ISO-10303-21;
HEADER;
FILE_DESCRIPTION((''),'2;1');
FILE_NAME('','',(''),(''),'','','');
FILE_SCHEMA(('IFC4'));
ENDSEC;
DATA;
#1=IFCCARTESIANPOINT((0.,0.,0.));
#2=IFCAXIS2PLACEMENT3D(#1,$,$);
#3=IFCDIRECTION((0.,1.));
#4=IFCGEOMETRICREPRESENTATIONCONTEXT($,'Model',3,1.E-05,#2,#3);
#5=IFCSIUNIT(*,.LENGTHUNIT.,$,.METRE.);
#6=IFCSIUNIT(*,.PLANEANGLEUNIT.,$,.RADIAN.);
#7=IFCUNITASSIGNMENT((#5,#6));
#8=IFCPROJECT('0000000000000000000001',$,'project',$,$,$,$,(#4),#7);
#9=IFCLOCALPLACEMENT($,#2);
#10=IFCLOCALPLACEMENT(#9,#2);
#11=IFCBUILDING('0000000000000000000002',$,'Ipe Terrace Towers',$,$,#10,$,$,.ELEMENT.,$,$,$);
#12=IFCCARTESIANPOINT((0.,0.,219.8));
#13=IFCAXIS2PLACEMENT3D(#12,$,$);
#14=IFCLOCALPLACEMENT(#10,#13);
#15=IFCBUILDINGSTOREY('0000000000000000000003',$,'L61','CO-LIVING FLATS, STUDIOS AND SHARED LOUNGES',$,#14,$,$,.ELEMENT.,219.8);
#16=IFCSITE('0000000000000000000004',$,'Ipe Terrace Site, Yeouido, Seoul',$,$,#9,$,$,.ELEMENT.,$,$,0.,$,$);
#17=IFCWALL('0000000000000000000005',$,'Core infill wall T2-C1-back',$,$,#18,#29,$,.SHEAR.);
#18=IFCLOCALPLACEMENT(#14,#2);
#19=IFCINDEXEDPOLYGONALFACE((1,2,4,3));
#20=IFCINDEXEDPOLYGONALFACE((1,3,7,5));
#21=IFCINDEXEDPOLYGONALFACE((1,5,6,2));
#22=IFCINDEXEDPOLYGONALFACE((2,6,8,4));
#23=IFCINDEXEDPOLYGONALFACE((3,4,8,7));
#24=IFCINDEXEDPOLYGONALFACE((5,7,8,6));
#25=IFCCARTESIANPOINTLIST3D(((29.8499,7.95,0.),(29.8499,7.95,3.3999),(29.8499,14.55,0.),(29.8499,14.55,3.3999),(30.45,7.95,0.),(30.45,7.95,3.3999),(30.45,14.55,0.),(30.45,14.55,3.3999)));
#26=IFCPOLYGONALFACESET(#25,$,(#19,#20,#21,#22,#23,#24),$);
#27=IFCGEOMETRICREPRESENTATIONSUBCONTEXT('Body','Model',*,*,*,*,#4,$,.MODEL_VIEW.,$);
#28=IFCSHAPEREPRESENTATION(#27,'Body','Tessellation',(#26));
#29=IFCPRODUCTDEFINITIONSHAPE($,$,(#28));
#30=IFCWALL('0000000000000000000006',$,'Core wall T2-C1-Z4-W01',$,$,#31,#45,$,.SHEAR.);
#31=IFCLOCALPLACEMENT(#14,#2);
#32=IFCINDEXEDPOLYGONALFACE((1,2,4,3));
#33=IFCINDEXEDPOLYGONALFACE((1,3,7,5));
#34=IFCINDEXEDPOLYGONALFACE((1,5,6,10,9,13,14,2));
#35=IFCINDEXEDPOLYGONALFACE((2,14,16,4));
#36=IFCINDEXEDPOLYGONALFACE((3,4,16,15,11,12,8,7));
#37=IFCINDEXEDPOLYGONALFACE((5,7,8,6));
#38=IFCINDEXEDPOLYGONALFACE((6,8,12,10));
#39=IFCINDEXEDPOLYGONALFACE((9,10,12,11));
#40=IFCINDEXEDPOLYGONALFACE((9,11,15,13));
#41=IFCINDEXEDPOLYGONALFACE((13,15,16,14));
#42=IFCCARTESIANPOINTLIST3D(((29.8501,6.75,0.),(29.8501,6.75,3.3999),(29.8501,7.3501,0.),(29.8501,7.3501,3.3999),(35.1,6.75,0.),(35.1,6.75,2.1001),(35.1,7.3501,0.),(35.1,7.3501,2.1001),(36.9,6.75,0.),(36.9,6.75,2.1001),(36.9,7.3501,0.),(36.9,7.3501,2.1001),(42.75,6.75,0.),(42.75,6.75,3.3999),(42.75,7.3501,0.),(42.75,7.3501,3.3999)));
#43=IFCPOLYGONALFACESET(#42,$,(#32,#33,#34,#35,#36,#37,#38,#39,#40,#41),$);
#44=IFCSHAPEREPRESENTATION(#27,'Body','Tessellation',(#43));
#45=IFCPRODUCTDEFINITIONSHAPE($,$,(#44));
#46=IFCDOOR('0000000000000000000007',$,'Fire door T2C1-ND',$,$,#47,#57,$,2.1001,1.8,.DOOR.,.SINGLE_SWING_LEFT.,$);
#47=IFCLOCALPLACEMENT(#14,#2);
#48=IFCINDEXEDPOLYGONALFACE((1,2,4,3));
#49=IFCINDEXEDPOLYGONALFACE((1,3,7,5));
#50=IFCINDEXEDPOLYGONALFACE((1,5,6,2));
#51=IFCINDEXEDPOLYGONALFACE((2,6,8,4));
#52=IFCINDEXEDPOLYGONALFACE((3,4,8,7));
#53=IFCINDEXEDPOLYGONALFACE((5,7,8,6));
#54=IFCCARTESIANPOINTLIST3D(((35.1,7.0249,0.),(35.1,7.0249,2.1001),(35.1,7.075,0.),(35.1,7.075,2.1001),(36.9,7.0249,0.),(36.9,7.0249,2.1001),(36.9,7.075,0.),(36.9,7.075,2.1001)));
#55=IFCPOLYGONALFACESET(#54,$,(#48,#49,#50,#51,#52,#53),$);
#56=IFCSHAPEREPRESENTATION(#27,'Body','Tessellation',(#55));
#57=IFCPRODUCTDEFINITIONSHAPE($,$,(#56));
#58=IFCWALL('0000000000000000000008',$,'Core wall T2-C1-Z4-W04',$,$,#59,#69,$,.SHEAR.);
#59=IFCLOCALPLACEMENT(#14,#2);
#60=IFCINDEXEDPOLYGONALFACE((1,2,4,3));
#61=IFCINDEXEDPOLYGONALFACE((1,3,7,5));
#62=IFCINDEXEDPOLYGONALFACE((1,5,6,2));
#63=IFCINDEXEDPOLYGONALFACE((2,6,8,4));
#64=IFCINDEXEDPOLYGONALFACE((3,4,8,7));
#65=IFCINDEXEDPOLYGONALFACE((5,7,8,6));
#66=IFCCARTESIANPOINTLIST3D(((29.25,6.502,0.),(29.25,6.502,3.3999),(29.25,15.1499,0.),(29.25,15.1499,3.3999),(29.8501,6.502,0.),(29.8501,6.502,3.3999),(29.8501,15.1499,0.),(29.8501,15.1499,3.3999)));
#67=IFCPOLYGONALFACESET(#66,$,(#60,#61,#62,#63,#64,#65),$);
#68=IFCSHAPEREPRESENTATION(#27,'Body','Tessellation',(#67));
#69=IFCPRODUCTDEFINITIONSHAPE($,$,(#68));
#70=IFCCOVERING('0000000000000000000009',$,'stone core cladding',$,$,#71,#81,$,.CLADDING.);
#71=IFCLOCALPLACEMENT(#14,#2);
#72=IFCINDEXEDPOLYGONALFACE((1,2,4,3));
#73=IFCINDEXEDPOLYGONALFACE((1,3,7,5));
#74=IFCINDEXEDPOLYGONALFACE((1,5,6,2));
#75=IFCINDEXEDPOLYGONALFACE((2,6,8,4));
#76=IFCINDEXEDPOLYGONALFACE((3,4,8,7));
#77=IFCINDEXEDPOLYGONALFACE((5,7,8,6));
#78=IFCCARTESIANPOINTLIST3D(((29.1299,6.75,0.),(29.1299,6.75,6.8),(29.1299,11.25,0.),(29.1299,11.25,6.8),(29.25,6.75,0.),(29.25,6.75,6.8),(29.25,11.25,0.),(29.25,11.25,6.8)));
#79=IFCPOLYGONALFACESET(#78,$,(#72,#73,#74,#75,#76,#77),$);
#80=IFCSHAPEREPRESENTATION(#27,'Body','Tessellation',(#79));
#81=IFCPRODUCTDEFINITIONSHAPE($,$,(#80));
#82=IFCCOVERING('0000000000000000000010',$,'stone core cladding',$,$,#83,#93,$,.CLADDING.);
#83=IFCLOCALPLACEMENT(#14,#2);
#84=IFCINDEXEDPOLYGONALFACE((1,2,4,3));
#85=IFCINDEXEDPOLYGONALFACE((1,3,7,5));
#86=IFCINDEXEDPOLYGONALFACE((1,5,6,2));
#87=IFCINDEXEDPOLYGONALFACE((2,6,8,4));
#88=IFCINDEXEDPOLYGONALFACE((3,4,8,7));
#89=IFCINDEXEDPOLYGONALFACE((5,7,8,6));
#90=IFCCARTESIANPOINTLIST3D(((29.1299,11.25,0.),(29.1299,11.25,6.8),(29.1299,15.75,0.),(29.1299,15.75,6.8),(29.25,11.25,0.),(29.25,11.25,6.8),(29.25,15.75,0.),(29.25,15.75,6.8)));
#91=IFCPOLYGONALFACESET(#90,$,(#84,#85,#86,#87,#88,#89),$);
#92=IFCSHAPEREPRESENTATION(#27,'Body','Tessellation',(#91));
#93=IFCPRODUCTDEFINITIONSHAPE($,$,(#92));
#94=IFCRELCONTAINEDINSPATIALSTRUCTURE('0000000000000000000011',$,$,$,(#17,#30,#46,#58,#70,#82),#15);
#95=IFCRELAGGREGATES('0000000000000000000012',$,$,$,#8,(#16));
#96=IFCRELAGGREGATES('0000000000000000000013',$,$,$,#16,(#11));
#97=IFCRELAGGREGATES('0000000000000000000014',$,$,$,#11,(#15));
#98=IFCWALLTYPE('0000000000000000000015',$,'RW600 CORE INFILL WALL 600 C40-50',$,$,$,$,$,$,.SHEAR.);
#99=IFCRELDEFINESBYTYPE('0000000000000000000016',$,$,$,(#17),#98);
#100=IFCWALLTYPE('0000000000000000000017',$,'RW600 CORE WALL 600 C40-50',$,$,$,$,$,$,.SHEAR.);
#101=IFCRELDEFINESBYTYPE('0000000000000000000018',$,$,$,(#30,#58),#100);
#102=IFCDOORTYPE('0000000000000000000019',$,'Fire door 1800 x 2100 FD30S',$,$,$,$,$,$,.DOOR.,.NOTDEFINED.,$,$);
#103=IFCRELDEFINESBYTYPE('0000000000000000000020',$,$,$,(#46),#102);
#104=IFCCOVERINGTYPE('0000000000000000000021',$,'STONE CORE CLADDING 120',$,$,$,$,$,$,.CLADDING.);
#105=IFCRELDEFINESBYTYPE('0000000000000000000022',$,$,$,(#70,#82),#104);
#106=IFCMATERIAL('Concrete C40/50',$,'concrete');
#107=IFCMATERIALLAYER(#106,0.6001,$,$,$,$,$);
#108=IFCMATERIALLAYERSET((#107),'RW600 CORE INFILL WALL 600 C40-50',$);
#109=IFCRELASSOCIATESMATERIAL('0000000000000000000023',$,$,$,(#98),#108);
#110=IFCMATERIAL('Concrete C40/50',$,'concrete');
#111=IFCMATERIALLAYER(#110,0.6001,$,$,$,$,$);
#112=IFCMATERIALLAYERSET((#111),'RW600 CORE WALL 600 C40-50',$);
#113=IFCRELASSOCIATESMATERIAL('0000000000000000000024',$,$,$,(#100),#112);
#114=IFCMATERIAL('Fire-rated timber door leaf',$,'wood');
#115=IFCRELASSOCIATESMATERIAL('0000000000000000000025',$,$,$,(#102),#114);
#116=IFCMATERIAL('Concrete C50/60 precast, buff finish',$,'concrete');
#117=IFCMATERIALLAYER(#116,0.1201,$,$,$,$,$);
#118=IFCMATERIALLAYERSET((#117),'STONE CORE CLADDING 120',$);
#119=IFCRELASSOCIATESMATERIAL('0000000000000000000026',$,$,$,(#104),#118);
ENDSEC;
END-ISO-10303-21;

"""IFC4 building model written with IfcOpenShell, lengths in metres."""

from ifc_helpers import new_model, si_unit, direction, frame, frame_2d, origin, origin_2d, place, context, subcontext, project, spatial, rectangle, extrude, material, layer, layer_set, type_object, element, fill, save


model = new_model("IFC4")

# Units and contexts
model_context = context("Model", 3, precision=1e-05, world=origin(), true_north=direction((0.0, 1.0)))
body_context = subcontext(model_context, "Body", "Model", "MODEL_VIEW")
ifc_project = project(units=[si_unit("LENGTHUNIT", "METRE"), si_unit("PLANEANGLEUNIT", "RADIAN")], contexts=[model_context])

# Site, building, storey
site_placement = place(None, origin())
site = spatial("IfcSite", under=ifc_project, at=site_placement, Name="Ipe Terrace Site, Yeouido, Seoul", CompositionType="ELEMENT", RefElevation=0.0)
building_placement = place(site_placement, origin())
building = spatial("IfcBuilding", under=site, at=building_placement, Name="Ipe Terrace Towers", CompositionType="ELEMENT")
storey_placement = place(building_placement, frame((0.0, 0.0, 219.8)))
storey = spatial("IfcBuildingStorey", under=building, at=storey_placement, Name="L61", Description="CO-LIVING FLATS, STUDIOS AND SHARED LOUNGES", CompositionType="ELEMENT", Elevation=219.8)

# Wall
ifc_material_1 = material(Name="Concrete C40/50", Category="concrete")
ifc_layer_1 = layer(ifc_material_1, 0.6001)
ifc_layer_set_1 = layer_set([ifc_layer_1], Name="RW600 CORE INFILL WALL 600 C40-50")
wall_type_1 = type_object("IfcWallType", Name="RW600 CORE INFILL WALL 600 C40-50", PredefinedType="SHEAR", material=ifc_layer_set_1)
wall_1_placement = place(storey_placement, frame((30.1499, 7.95, 0.0), z_axis=(0.0, 0.0, 1.0), x_axis=(0.0, 1.0, 0.0)))
element("IfcWall", 1, at=wall_1_placement, inside=storey, type_object=wall_type_1, Name="Core infill wall T2-C1-back", PredefinedType="SHEAR", context=body_context, shape_type="SweptSolid", body=[
    extrude(rectangle(XDim=6.6001, YDim=0.6001, at=frame_2d((3.3, 0.0))), origin(), (0.0, 0.0, 1.0), 3.3999),
])

# Wall, opening, door
ifc_material_2 = material(Name="Concrete C40/50", Category="concrete")
ifc_layer_2 = layer(ifc_material_2, 0.6001)
ifc_layer_set_2 = layer_set([ifc_layer_2], Name="RW600 CORE WALL 600 C40-50")
wall_type_2 = type_object("IfcWallType", Name="RW600 CORE WALL 600 C40-50", PredefinedType="SHEAR", material=ifc_layer_set_2)
wall_2_placement = place(storey_placement, frame((29.8501, 7.05, 0.0), z_axis=(0.0, 0.0, 1.0), x_axis=(1.0, 0.0, 0.0)))
wall_2 = element("IfcWall", 2, at=wall_2_placement, inside=storey, type_object=wall_type_2, Name="Core wall T2-C1-Z4-W01", PredefinedType="SHEAR", context=body_context, shape_type="SweptSolid", body=[
    extrude(rectangle(XDim=12.8999, YDim=0.6001, at=frame_2d((6.45, 0.0))), origin(), (0.0, 0.0, 1.0), 3.3999),
])
opening_1_placement = place(wall_2_placement, frame((5.25, 0.0, 0.0)))
opening_1 = element("IfcOpeningElement", 3, at=opening_1_placement, cuts=wall_2, PredefinedType="OPENING", context=body_context, shape_type="SweptSolid", body=[
    extrude(rectangle(XDim=1.8, YDim=2.1001, at=frame_2d((0.8999, 1.05))), frame((0.0, 0.3101, 0.0), z_axis=(0.0, -1.0, 0.0), x_axis=(1.0, 0.0, 0.0)), (0.0, 0.0, 1.0), 0.6201),
])
ifc_material_3 = material(Name="Fire-rated timber door leaf", Category="wood")
door_type_1 = type_object("IfcDoorType", Name="Fire door 1800 x 2100 FD30S", OperationType="NOTDEFINED", PredefinedType="DOOR", material=ifc_material_3)
door_1_placement = place(opening_1_placement, origin())
door_1 = element("IfcDoor", 4, at=door_1_placement, inside=storey, type_object=door_type_1, Name="Fire door T2C1-ND", OperationType="SINGLE_SWING_LEFT", OverallHeight=2.1001, OverallWidth=1.8, PredefinedType="DOOR", context=body_context, shape_type="SweptSolid", body=[
    extrude(rectangle(XDim=1.8, YDim=2.1001, at=frame_2d((0.8999, 1.05))), frame((0.0, 0.0249, 0.0), z_axis=(0.0, -1.0, 0.0), x_axis=(1.0, 0.0, 0.0)), (0.0, 0.0, 1.0), 0.05),
])
fill(opening_1, door_1)

# Wall
wall_3_placement = place(storey_placement, frame((29.55, 15.1499, 0.0), z_axis=(0.0, 0.0, 1.0), x_axis=(0.0, -1.0, 0.0)))
element("IfcWall", 5, at=wall_3_placement, inside=storey, type_object=wall_type_2, Name="Core wall T2-C1-Z4-W04", PredefinedType="SHEAR", context=body_context, shape_type="SweptSolid", body=[
    extrude(rectangle(XDim=8.6479, YDim=0.6001, at=frame_2d((4.324, 0.0))), origin(), (0.0, 0.0, 1.0), 3.3999),
])

# Coverings
ifc_material_4 = material(Name="Concrete C50/60 precast, buff finish", Category="concrete")
ifc_layer_3 = layer(ifc_material_4, 0.1201)
ifc_layer_set_3 = layer_set([ifc_layer_3], Name="STONE CORE CLADDING 120")
covering_type = type_object("IfcCoveringType", Name="STONE CORE CLADDING 120", PredefinedType="CLADDING", material=ifc_layer_set_3)
for number, where, z_axis, x_axis, name in (
    (6, (29.1899, 9.0, 0.0), (0.0, 0.0, 1.0), (0.0, -1.0, 0.0), "stone core cladding"),
    (7, (29.1899, 13.5, 0.0), (0.0, 0.0, 1.0), (0.0, -1.0, 0.0), "stone core cladding"),
):
    element("IfcCovering", number, at=place(storey_placement, frame(where, z_axis=z_axis, x_axis=x_axis)), inside=storey, type_object=covering_type, Name=name, PredefinedType="CLADDING", context=body_context, shape_type="SweptSolid", body=[
        extrude(rectangle(XDim=4.5, YDim=0.1201, at=origin_2d()), origin(), (0.0, 0.0, 1.0), 6.8),
    ])

save(model, "model.ifc")
